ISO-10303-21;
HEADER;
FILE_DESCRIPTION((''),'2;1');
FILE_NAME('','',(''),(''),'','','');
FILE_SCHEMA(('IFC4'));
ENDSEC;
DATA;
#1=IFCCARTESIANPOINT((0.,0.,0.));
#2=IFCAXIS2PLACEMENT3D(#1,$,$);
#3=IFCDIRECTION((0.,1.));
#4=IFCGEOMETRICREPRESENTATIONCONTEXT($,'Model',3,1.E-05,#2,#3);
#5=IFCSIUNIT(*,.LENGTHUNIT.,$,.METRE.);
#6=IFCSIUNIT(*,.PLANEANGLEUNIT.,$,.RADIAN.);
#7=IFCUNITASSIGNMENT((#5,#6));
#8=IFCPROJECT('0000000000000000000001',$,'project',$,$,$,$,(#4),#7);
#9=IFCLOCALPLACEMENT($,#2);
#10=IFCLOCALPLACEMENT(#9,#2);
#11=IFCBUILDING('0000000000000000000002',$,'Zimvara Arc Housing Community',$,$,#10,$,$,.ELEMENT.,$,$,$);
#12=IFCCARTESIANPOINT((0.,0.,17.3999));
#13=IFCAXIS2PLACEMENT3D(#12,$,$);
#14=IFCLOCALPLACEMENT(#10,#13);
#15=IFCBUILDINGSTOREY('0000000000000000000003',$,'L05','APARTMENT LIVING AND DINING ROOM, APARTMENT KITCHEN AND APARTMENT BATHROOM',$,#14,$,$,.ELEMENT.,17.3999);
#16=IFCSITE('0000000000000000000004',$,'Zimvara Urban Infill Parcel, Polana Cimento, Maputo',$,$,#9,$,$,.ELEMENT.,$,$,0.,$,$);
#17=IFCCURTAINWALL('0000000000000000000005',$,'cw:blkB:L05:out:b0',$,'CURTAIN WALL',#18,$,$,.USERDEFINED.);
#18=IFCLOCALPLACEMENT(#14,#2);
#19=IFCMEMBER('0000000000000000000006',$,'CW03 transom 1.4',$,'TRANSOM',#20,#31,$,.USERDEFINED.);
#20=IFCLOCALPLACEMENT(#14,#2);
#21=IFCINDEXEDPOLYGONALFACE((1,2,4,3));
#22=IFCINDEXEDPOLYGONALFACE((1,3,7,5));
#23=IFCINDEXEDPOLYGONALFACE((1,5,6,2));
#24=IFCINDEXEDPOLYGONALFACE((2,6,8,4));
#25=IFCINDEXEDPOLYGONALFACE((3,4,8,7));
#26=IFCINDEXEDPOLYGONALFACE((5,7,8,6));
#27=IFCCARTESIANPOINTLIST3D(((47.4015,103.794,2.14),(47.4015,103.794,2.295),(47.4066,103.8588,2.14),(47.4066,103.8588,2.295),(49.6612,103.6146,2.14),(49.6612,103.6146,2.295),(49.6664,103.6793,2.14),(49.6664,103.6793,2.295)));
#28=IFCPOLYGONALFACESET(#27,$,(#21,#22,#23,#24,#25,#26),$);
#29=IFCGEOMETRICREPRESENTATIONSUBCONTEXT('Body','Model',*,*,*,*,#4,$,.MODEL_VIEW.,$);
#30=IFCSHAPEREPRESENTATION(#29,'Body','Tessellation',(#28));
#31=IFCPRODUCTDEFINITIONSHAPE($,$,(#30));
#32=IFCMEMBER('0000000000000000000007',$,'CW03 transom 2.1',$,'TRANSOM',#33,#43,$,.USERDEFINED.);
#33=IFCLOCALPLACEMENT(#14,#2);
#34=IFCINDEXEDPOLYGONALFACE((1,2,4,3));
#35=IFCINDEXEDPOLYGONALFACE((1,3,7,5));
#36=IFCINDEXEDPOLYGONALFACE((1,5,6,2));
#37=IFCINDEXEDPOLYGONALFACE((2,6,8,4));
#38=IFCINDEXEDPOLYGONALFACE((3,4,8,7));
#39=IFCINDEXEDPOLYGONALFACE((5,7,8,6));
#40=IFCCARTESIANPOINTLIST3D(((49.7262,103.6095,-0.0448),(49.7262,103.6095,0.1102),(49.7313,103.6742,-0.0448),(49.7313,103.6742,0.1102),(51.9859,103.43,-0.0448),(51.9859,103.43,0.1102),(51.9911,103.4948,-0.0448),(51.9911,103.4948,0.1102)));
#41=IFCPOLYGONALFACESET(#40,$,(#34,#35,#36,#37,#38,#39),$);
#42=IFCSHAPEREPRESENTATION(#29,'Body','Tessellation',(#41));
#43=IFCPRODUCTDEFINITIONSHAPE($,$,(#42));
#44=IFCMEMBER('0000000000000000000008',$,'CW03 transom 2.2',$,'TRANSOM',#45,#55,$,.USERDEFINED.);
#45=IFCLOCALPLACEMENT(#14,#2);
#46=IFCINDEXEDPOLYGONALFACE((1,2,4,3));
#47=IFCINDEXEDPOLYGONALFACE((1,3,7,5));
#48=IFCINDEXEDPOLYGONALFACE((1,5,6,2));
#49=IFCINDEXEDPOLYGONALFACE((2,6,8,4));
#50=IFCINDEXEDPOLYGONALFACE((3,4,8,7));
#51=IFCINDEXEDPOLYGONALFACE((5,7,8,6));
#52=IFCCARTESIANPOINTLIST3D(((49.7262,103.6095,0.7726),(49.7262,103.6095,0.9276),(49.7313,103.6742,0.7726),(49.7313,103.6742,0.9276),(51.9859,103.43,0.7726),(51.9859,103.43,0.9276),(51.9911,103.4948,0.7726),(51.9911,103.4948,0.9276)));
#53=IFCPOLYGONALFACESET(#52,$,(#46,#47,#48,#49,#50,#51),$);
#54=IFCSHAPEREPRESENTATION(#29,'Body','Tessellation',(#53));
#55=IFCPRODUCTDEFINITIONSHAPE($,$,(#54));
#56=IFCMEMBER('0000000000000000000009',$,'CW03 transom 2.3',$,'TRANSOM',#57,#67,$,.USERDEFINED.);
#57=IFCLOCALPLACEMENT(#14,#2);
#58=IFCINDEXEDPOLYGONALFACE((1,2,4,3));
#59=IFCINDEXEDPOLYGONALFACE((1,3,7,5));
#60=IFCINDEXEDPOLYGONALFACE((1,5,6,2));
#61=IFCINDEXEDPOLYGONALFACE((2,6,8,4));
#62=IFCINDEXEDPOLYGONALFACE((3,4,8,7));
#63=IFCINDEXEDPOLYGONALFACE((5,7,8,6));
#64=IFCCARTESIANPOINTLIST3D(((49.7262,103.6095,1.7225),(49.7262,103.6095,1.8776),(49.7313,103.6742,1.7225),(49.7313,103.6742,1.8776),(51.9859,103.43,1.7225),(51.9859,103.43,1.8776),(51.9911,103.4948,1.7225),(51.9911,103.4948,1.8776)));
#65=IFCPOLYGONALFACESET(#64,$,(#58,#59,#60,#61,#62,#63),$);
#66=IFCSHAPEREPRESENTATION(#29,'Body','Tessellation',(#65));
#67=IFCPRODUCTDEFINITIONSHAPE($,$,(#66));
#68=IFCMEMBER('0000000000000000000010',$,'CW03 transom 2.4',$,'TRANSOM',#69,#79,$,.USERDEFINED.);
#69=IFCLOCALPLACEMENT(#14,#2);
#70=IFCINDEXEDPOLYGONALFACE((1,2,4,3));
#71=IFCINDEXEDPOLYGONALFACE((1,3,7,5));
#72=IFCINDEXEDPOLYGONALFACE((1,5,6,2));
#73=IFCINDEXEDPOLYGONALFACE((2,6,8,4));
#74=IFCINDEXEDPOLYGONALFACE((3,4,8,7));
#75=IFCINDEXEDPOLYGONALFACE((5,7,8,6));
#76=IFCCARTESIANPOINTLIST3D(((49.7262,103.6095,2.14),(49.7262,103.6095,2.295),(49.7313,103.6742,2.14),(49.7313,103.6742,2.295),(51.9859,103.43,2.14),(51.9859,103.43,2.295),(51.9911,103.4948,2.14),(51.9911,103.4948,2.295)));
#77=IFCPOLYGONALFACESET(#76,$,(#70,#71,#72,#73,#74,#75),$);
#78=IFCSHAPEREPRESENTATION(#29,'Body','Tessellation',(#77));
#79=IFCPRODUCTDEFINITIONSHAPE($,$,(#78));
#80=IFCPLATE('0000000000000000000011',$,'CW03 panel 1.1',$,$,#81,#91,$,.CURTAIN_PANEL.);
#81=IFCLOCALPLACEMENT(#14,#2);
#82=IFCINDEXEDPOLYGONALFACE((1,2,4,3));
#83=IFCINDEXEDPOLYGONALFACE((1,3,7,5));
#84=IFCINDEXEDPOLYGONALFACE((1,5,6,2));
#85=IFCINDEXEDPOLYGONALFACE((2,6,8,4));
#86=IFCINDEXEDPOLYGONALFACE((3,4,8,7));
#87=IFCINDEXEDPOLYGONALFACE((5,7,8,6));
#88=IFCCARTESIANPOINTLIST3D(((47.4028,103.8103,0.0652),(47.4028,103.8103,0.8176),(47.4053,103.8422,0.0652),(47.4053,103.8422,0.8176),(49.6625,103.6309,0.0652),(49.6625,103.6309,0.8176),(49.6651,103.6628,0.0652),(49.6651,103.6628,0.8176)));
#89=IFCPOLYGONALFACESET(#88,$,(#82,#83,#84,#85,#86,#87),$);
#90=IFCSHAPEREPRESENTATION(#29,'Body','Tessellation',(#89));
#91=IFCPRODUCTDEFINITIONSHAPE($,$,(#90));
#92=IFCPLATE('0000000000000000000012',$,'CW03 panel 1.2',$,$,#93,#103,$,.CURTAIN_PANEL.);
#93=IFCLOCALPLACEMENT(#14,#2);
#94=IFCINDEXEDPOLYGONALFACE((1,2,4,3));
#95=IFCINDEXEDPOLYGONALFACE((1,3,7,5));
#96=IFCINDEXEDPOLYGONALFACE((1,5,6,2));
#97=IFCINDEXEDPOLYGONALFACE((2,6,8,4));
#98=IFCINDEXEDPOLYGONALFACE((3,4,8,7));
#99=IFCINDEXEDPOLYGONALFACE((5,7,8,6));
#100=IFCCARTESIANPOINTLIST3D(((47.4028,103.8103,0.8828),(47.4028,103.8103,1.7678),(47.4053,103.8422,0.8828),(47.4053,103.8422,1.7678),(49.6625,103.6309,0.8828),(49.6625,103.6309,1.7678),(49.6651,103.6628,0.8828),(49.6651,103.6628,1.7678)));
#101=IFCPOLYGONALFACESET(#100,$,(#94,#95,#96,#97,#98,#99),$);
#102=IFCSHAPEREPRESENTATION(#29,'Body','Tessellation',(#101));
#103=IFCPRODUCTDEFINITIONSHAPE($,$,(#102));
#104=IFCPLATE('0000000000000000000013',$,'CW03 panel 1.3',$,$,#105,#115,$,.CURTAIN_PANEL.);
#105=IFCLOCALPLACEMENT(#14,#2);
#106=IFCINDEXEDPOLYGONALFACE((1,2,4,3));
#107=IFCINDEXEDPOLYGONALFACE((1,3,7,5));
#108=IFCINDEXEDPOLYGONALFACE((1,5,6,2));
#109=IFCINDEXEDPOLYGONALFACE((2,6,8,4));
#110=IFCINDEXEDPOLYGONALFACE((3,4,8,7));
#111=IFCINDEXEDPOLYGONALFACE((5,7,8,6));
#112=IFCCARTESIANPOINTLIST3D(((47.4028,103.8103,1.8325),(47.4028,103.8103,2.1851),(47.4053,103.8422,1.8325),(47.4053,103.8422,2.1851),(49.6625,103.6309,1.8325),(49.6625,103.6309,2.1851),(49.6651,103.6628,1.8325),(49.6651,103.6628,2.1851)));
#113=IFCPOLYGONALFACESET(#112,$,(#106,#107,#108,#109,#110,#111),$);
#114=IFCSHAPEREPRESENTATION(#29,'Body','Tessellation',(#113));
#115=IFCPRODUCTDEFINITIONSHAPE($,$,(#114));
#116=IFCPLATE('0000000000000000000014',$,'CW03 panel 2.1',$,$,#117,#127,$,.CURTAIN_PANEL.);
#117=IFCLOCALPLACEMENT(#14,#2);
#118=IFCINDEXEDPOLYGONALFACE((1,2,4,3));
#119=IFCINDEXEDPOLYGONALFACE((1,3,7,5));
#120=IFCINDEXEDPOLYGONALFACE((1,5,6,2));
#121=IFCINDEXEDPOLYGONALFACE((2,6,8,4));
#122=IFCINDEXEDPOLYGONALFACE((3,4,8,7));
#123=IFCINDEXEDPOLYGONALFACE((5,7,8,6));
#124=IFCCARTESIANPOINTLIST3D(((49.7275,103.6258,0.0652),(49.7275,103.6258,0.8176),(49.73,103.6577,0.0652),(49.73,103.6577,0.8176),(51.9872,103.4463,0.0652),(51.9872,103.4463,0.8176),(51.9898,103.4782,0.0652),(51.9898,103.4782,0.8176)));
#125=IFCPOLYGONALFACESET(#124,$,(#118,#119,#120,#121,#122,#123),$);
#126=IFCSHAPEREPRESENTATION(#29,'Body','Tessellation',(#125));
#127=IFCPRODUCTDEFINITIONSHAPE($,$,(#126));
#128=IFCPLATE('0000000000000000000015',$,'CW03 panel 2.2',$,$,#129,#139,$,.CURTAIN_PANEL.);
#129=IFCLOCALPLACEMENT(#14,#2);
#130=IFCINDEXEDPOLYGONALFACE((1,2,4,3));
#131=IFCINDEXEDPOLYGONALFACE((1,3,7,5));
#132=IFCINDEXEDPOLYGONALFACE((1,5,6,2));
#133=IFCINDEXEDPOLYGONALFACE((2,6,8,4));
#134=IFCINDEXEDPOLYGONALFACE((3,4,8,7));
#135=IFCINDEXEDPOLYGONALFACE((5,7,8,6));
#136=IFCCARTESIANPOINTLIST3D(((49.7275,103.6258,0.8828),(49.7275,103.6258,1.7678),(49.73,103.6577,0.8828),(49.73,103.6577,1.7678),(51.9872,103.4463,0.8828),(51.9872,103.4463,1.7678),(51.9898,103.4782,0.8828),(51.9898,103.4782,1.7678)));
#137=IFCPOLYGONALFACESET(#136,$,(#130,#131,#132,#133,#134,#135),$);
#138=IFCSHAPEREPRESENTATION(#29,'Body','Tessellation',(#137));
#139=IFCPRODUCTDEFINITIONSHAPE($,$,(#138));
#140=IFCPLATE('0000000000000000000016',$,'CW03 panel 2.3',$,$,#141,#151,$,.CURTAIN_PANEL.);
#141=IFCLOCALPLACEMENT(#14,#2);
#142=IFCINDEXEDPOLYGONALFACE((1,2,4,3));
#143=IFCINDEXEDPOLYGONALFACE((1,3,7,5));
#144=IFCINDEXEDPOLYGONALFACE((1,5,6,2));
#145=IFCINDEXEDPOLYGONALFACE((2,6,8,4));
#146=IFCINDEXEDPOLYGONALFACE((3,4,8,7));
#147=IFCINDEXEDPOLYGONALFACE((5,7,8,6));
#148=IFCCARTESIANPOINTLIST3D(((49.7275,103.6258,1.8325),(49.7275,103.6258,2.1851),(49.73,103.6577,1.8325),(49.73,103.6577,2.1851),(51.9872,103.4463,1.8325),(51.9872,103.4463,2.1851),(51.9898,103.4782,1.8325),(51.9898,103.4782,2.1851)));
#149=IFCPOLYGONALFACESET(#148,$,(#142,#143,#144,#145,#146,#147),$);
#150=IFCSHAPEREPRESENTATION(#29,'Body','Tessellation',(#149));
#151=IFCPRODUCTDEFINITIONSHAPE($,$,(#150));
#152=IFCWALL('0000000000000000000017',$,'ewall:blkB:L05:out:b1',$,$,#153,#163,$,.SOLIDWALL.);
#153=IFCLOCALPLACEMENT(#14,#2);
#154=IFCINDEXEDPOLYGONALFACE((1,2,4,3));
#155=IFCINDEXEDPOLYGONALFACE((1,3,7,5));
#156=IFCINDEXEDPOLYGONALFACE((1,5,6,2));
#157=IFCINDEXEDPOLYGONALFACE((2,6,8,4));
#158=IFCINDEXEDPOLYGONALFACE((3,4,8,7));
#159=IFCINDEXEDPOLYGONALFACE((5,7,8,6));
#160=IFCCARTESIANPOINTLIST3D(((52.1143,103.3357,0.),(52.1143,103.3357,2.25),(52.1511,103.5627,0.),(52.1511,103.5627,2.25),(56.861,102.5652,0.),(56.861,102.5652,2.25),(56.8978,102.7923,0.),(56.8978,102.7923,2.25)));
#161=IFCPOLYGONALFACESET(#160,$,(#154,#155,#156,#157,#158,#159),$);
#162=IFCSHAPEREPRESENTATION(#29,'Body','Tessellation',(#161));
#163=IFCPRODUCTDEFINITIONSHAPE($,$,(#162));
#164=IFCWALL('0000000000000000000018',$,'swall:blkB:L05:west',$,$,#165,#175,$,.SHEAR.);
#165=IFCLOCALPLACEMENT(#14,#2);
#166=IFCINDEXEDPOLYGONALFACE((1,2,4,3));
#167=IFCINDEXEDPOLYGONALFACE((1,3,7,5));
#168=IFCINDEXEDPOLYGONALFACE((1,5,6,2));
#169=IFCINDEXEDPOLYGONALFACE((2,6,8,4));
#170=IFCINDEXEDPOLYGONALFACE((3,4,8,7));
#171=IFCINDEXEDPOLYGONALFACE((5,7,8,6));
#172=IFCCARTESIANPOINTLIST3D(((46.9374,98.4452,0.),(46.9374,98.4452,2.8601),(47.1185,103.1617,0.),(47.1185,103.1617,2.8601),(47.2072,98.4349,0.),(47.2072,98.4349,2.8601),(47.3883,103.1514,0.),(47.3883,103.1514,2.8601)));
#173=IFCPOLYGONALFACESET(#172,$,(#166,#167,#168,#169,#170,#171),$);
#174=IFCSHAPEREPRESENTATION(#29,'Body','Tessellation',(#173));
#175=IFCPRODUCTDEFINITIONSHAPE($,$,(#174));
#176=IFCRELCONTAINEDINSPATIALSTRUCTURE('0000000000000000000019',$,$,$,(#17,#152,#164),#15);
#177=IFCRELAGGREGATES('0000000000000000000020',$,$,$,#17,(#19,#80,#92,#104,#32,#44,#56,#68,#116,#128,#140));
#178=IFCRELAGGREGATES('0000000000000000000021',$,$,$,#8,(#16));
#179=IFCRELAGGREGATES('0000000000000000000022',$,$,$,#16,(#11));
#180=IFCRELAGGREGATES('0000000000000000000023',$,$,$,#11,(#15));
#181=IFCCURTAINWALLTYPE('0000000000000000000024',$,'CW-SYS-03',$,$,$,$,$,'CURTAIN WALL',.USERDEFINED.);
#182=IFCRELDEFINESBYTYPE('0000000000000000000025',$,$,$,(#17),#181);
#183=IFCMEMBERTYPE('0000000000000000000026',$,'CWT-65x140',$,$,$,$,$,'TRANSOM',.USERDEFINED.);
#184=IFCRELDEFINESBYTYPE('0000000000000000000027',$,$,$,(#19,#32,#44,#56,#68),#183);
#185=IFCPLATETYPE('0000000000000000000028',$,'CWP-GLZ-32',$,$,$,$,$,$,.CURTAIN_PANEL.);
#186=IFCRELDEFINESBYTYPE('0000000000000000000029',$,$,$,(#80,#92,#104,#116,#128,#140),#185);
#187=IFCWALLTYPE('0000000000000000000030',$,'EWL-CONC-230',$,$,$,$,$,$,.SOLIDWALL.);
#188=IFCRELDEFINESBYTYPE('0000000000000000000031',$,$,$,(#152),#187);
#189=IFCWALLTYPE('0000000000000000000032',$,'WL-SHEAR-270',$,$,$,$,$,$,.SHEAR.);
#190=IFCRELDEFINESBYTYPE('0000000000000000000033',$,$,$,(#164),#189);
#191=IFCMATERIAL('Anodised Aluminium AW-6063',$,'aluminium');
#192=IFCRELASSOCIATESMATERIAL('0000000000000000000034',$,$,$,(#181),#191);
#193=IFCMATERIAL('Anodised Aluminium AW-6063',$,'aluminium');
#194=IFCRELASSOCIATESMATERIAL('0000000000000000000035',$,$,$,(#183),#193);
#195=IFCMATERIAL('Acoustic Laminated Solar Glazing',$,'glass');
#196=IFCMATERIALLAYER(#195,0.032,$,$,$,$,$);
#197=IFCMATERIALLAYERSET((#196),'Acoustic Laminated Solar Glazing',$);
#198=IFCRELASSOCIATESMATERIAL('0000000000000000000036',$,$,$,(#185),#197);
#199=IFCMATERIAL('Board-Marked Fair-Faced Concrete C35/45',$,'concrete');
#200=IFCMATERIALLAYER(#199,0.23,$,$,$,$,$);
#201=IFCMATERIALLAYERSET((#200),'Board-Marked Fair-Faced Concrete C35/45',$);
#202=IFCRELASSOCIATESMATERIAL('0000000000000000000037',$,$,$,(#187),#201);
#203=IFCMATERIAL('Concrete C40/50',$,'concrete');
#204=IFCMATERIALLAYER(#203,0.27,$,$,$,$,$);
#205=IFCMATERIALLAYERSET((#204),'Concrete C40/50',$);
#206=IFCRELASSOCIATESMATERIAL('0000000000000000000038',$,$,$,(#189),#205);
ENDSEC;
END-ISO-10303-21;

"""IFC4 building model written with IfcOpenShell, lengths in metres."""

from ifc_helpers import new_model, si_unit, direction, frame, frame_2d, origin, origin_2d, place, context, subcontext, project, spatial, rectangle, extrude, material, layer, layer_set, material_profile, profile_set, type_object, element, aggregate, save


model = new_model("IFC4")

# Units and contexts
model_context = context("Model", 3, precision=1e-05, world=origin(), true_north=direction((0.0, 1.0)))
body_context = subcontext(model_context, "Body", "Model", "MODEL_VIEW")
ifc_project = project(units=[si_unit("LENGTHUNIT", "METRE"), si_unit("PLANEANGLEUNIT", "RADIAN")], contexts=[model_context])

# Site, building, storey
site_placement = place(None, origin())
site = spatial("IfcSite", under=ifc_project, at=site_placement, Name="Zimvara Urban Infill Parcel, Polana Cimento, Maputo", CompositionType="ELEMENT", RefElevation=0.0)
building_placement = place(site_placement, origin())
building = spatial("IfcBuilding", under=site, at=building_placement, Name="Zimvara Arc Housing Community", CompositionType="ELEMENT")
storey_placement = place(building_placement, frame((0.0, 0.0, 17.3999)))
storey = spatial("IfcBuildingStorey", under=building, at=storey_placement, Name="L05", Description="APARTMENT LIVING AND DINING ROOM, APARTMENT KITCHEN AND APARTMENT BATHROOM", CompositionType="ELEMENT", Elevation=17.3999)

# Curtain wall, members, plates
ifc_material_1 = material(Name="Anodised Aluminium AW-6063", Category="aluminium")
curtain_wall_type = type_object("IfcCurtainWallType", Name="CW-SYS-03", ElementType="CURTAIN WALL", PredefinedType="USERDEFINED", material=ifc_material_1)
curtain_wall_placement = place(storey_placement, origin())
curtain_wall = element("IfcCurtainWall", 1, at=curtain_wall_placement, inside=storey, type_object=curtain_wall_type, Name="cw:blkB:L05:out:b0", ObjectType="CURTAIN WALL", PredefinedType="USERDEFINED")
ifc_material_2 = material(Name="Anodised Aluminium AW-6063", Category="aluminium")
ifc_material_profile_1 = material_profile(ifc_material_2, rectangle(XDim=0.0649, YDim=0.155, at=origin_2d()), Name="ALU 65x155")
ifc_profile_set_1 = profile_set([ifc_material_profile_1], Name="Anodised Aluminium AW-6063")
member_type_1 = type_object("IfcMemberType", Name="CWT-65x140", ElementType="TRANSOM", PredefinedType="USERDEFINED", material=ifc_profile_set_1)
member_1_placement = place(storey_placement, frame((47.4041, 103.8264, 2.2175), z_axis=(0.996862, -0.079159, 0.0), x_axis=(0.079159, 0.996862, 0.0)))
member_1 = element("IfcMember", 2, at=member_1_placement, type_object=member_type_1, Name="CW03 transom 1.4", ObjectType="TRANSOM", PredefinedType="USERDEFINED", context=body_context, shape_type="SweptSolid", body=[
    extrude(rectangle(XDim=0.0649, YDim=0.155, at=origin_2d()), origin(), (0.0, 0.0, 1.0), 2.2668),
])
member_2_placement = place(storey_placement, frame((49.7288, 103.6418, 0.0327), z_axis=(0.996862, -0.079159, 0.0), x_axis=(0.079159, 0.996862, 0.0)))
member_2 = element("IfcMember", 3, at=member_2_placement, type_object=member_type_1, Name="CW03 transom 2.1", ObjectType="TRANSOM", PredefinedType="USERDEFINED", context=body_context, shape_type="SweptSolid", body=[
    extrude(rectangle(XDim=0.0649, YDim=0.155, at=origin_2d()), origin(), (0.0, 0.0, 1.0), 2.2668),
])
member_3_placement = place(storey_placement, frame((49.7288, 103.6418, 0.8501), z_axis=(0.996862, -0.079159, 0.0), x_axis=(0.079159, 0.996862, 0.0)))
member_3 = element("IfcMember", 4, at=member_3_placement, type_object=member_type_1, Name="CW03 transom 2.2", ObjectType="TRANSOM", PredefinedType="USERDEFINED", context=body_context, shape_type="SweptSolid", body=[
    extrude(rectangle(XDim=0.0649, YDim=0.155, at=origin_2d()), origin(), (0.0, 0.0, 1.0), 2.2668),
])
member_4_placement = place(storey_placement, frame((49.7288, 103.6418, 1.8), z_axis=(0.996862, -0.079159, 0.0), x_axis=(0.079159, 0.996862, 0.0)))
member_4 = element("IfcMember", 5, at=member_4_placement, type_object=member_type_1, Name="CW03 transom 2.3", ObjectType="TRANSOM", PredefinedType="USERDEFINED", context=body_context, shape_type="SweptSolid", body=[
    extrude(rectangle(XDim=0.0649, YDim=0.155, at=origin_2d()), origin(), (0.0, 0.0, 1.0), 2.2668),
])
member_5_placement = place(storey_placement, frame((49.7288, 103.6418, 2.2175), z_axis=(0.996862, -0.079159, 0.0), x_axis=(0.079159, 0.996862, 0.0)))
member_5 = element("IfcMember", 6, at=member_5_placement, type_object=member_type_1, Name="CW03 transom 2.4", ObjectType="TRANSOM", PredefinedType="USERDEFINED", context=body_context, shape_type="SweptSolid", body=[
    extrude(rectangle(XDim=0.0649, YDim=0.155, at=origin_2d()), origin(), (0.0, 0.0, 1.0), 2.2668),
])
ifc_material_3 = material(Name="Acoustic Laminated Solar Glazing", Category="glass")
ifc_layer_1 = layer(ifc_material_3, 0.032)
ifc_layer_set_1 = layer_set([ifc_layer_1], Name="Acoustic Laminated Solar Glazing")
plate_type = type_object("IfcPlateType", Name="CWP-GLZ-32", PredefinedType="CURTAIN_PANEL", material=ifc_layer_set_1)
plate_1_placement = place(storey_placement, frame((48.5339, 103.7366, 0.0652), z_axis=(0.0, 0.0, 1.0), x_axis=(0.996862, -0.079154, 0.0)))
plate_1 = element("IfcPlate", 7, at=plate_1_placement, type_object=plate_type, Name="CW03 panel 1.1", PredefinedType="CURTAIN_PANEL", context=body_context, shape_type="SweptSolid", body=[
    extrude(rectangle(XDim=2.2668, YDim=0.032, at=origin_2d()), origin(), (0.0, 0.0, 1.0), 0.7524),
])
plate_2_placement = place(storey_placement, frame((48.5339, 103.7366, 0.8828), z_axis=(0.0, 0.0, 1.0), x_axis=(0.996862, -0.079154, 0.0)))
plate_2 = element("IfcPlate", 8, at=plate_2_placement, type_object=plate_type, Name="CW03 panel 1.2", PredefinedType="CURTAIN_PANEL", context=body_context, shape_type="SweptSolid", body=[
    extrude(rectangle(XDim=2.2668, YDim=0.032, at=origin_2d()), origin(), (0.0, 0.0, 1.0), 0.885),
])
plate_3_placement = place(storey_placement, frame((48.5339, 103.7366, 1.8325), z_axis=(0.0, 0.0, 1.0), x_axis=(0.996862, -0.079154, 0.0)))
plate_3 = element("IfcPlate", 9, at=plate_3_placement, type_object=plate_type, Name="CW03 panel 1.3", PredefinedType="CURTAIN_PANEL", context=body_context, shape_type="SweptSolid", body=[
    extrude(rectangle(XDim=2.2668, YDim=0.032, at=origin_2d()), origin(), (0.0, 0.0, 1.0), 0.3525),
])
plate_4_placement = place(storey_placement, frame((50.8586, 103.552, 0.0652), z_axis=(0.0, 0.0, 1.0), x_axis=(0.996862, -0.079154, 0.0)))
plate_4 = element("IfcPlate", 10, at=plate_4_placement, type_object=plate_type, Name="CW03 panel 2.1", PredefinedType="CURTAIN_PANEL", context=body_context, shape_type="SweptSolid", body=[
    extrude(rectangle(XDim=2.2668, YDim=0.032, at=origin_2d()), origin(), (0.0, 0.0, 1.0), 0.7524),
])
plate_5_placement = place(storey_placement, frame((50.8586, 103.552, 0.8828), z_axis=(0.0, 0.0, 1.0), x_axis=(0.996862, -0.079154, 0.0)))
plate_5 = element("IfcPlate", 11, at=plate_5_placement, type_object=plate_type, Name="CW03 panel 2.2", PredefinedType="CURTAIN_PANEL", context=body_context, shape_type="SweptSolid", body=[
    extrude(rectangle(XDim=2.2668, YDim=0.032, at=origin_2d()), origin(), (0.0, 0.0, 1.0), 0.885),
])
plate_6_placement = place(storey_placement, frame((50.8586, 103.552, 1.8325), z_axis=(0.0, 0.0, 1.0), x_axis=(0.996862, -0.079154, 0.0)))
plate_6 = element("IfcPlate", 12, at=plate_6_placement, type_object=plate_type, Name="CW03 panel 2.3", PredefinedType="CURTAIN_PANEL", context=body_context, shape_type="SweptSolid", body=[
    extrude(rectangle(XDim=2.2668, YDim=0.032, at=origin_2d()), origin(), (0.0, 0.0, 1.0), 0.3525),
])
aggregate(curtain_wall, [member_1, plate_1, plate_2, plate_3, member_2, member_3, member_4, member_5, plate_4, plate_5, plate_6])

# Walls
ifc_material_4 = material(Name="Board-Marked Fair-Faced Concrete C35/45", Category="concrete")
ifc_layer_2 = layer(ifc_material_4, 0.23)
ifc_layer_set_2 = layer_set([ifc_layer_2], Name="Board-Marked Fair-Faced Concrete C35/45")
wall_type_1 = type_object("IfcWallType", Name="EWL-CONC-230", PredefinedType="SOLIDWALL", material=ifc_layer_set_2)
wall_1_placement = place(storey_placement, frame((52.1328, 103.4492, 0.0), z_axis=(0.0, 0.0, 1.0), x_axis=(0.987081, -0.160224, 0.0)))
element("IfcWall", 13, at=wall_1_placement, inside=storey, type_object=wall_type_1, Name="ewall:blkB:L05:out:b1", PredefinedType="SOLIDWALL", context=body_context, shape_type="SweptSolid", body=[
    extrude(rectangle(XDim=4.8088, YDim=0.23, at=frame_2d((2.4043, 0.0))), origin(), (0.0, 0.0, 1.0), 2.25),
])
ifc_material_5 = material(Name="Concrete C40/50", Category="concrete")
ifc_layer_3 = layer(ifc_material_5, 0.27)
ifc_layer_set_3 = layer_set([ifc_layer_3], Name="Concrete C40/50")
wall_type_2 = type_object("IfcWallType", Name="WL-SHEAR-270", PredefinedType="SHEAR", material=ifc_layer_set_3)
wall_2_placement = place(storey_placement, frame((47.0723, 98.4402, 0.0), z_axis=(0.0, 0.0, 1.0), x_axis=(0.038379, 0.999263, 0.0)))
element("IfcWall", 14, at=wall_2_placement, inside=storey, type_object=wall_type_2, Name="swall:blkB:L05:west", PredefinedType="SHEAR", context=body_context, shape_type="SweptSolid", body=[
    extrude(rectangle(XDim=4.72, YDim=0.27, at=frame_2d((2.3599, 0.0))), origin(), (0.0, 0.0, 1.0), 2.8601),
])

save(model, "model.ifc")
